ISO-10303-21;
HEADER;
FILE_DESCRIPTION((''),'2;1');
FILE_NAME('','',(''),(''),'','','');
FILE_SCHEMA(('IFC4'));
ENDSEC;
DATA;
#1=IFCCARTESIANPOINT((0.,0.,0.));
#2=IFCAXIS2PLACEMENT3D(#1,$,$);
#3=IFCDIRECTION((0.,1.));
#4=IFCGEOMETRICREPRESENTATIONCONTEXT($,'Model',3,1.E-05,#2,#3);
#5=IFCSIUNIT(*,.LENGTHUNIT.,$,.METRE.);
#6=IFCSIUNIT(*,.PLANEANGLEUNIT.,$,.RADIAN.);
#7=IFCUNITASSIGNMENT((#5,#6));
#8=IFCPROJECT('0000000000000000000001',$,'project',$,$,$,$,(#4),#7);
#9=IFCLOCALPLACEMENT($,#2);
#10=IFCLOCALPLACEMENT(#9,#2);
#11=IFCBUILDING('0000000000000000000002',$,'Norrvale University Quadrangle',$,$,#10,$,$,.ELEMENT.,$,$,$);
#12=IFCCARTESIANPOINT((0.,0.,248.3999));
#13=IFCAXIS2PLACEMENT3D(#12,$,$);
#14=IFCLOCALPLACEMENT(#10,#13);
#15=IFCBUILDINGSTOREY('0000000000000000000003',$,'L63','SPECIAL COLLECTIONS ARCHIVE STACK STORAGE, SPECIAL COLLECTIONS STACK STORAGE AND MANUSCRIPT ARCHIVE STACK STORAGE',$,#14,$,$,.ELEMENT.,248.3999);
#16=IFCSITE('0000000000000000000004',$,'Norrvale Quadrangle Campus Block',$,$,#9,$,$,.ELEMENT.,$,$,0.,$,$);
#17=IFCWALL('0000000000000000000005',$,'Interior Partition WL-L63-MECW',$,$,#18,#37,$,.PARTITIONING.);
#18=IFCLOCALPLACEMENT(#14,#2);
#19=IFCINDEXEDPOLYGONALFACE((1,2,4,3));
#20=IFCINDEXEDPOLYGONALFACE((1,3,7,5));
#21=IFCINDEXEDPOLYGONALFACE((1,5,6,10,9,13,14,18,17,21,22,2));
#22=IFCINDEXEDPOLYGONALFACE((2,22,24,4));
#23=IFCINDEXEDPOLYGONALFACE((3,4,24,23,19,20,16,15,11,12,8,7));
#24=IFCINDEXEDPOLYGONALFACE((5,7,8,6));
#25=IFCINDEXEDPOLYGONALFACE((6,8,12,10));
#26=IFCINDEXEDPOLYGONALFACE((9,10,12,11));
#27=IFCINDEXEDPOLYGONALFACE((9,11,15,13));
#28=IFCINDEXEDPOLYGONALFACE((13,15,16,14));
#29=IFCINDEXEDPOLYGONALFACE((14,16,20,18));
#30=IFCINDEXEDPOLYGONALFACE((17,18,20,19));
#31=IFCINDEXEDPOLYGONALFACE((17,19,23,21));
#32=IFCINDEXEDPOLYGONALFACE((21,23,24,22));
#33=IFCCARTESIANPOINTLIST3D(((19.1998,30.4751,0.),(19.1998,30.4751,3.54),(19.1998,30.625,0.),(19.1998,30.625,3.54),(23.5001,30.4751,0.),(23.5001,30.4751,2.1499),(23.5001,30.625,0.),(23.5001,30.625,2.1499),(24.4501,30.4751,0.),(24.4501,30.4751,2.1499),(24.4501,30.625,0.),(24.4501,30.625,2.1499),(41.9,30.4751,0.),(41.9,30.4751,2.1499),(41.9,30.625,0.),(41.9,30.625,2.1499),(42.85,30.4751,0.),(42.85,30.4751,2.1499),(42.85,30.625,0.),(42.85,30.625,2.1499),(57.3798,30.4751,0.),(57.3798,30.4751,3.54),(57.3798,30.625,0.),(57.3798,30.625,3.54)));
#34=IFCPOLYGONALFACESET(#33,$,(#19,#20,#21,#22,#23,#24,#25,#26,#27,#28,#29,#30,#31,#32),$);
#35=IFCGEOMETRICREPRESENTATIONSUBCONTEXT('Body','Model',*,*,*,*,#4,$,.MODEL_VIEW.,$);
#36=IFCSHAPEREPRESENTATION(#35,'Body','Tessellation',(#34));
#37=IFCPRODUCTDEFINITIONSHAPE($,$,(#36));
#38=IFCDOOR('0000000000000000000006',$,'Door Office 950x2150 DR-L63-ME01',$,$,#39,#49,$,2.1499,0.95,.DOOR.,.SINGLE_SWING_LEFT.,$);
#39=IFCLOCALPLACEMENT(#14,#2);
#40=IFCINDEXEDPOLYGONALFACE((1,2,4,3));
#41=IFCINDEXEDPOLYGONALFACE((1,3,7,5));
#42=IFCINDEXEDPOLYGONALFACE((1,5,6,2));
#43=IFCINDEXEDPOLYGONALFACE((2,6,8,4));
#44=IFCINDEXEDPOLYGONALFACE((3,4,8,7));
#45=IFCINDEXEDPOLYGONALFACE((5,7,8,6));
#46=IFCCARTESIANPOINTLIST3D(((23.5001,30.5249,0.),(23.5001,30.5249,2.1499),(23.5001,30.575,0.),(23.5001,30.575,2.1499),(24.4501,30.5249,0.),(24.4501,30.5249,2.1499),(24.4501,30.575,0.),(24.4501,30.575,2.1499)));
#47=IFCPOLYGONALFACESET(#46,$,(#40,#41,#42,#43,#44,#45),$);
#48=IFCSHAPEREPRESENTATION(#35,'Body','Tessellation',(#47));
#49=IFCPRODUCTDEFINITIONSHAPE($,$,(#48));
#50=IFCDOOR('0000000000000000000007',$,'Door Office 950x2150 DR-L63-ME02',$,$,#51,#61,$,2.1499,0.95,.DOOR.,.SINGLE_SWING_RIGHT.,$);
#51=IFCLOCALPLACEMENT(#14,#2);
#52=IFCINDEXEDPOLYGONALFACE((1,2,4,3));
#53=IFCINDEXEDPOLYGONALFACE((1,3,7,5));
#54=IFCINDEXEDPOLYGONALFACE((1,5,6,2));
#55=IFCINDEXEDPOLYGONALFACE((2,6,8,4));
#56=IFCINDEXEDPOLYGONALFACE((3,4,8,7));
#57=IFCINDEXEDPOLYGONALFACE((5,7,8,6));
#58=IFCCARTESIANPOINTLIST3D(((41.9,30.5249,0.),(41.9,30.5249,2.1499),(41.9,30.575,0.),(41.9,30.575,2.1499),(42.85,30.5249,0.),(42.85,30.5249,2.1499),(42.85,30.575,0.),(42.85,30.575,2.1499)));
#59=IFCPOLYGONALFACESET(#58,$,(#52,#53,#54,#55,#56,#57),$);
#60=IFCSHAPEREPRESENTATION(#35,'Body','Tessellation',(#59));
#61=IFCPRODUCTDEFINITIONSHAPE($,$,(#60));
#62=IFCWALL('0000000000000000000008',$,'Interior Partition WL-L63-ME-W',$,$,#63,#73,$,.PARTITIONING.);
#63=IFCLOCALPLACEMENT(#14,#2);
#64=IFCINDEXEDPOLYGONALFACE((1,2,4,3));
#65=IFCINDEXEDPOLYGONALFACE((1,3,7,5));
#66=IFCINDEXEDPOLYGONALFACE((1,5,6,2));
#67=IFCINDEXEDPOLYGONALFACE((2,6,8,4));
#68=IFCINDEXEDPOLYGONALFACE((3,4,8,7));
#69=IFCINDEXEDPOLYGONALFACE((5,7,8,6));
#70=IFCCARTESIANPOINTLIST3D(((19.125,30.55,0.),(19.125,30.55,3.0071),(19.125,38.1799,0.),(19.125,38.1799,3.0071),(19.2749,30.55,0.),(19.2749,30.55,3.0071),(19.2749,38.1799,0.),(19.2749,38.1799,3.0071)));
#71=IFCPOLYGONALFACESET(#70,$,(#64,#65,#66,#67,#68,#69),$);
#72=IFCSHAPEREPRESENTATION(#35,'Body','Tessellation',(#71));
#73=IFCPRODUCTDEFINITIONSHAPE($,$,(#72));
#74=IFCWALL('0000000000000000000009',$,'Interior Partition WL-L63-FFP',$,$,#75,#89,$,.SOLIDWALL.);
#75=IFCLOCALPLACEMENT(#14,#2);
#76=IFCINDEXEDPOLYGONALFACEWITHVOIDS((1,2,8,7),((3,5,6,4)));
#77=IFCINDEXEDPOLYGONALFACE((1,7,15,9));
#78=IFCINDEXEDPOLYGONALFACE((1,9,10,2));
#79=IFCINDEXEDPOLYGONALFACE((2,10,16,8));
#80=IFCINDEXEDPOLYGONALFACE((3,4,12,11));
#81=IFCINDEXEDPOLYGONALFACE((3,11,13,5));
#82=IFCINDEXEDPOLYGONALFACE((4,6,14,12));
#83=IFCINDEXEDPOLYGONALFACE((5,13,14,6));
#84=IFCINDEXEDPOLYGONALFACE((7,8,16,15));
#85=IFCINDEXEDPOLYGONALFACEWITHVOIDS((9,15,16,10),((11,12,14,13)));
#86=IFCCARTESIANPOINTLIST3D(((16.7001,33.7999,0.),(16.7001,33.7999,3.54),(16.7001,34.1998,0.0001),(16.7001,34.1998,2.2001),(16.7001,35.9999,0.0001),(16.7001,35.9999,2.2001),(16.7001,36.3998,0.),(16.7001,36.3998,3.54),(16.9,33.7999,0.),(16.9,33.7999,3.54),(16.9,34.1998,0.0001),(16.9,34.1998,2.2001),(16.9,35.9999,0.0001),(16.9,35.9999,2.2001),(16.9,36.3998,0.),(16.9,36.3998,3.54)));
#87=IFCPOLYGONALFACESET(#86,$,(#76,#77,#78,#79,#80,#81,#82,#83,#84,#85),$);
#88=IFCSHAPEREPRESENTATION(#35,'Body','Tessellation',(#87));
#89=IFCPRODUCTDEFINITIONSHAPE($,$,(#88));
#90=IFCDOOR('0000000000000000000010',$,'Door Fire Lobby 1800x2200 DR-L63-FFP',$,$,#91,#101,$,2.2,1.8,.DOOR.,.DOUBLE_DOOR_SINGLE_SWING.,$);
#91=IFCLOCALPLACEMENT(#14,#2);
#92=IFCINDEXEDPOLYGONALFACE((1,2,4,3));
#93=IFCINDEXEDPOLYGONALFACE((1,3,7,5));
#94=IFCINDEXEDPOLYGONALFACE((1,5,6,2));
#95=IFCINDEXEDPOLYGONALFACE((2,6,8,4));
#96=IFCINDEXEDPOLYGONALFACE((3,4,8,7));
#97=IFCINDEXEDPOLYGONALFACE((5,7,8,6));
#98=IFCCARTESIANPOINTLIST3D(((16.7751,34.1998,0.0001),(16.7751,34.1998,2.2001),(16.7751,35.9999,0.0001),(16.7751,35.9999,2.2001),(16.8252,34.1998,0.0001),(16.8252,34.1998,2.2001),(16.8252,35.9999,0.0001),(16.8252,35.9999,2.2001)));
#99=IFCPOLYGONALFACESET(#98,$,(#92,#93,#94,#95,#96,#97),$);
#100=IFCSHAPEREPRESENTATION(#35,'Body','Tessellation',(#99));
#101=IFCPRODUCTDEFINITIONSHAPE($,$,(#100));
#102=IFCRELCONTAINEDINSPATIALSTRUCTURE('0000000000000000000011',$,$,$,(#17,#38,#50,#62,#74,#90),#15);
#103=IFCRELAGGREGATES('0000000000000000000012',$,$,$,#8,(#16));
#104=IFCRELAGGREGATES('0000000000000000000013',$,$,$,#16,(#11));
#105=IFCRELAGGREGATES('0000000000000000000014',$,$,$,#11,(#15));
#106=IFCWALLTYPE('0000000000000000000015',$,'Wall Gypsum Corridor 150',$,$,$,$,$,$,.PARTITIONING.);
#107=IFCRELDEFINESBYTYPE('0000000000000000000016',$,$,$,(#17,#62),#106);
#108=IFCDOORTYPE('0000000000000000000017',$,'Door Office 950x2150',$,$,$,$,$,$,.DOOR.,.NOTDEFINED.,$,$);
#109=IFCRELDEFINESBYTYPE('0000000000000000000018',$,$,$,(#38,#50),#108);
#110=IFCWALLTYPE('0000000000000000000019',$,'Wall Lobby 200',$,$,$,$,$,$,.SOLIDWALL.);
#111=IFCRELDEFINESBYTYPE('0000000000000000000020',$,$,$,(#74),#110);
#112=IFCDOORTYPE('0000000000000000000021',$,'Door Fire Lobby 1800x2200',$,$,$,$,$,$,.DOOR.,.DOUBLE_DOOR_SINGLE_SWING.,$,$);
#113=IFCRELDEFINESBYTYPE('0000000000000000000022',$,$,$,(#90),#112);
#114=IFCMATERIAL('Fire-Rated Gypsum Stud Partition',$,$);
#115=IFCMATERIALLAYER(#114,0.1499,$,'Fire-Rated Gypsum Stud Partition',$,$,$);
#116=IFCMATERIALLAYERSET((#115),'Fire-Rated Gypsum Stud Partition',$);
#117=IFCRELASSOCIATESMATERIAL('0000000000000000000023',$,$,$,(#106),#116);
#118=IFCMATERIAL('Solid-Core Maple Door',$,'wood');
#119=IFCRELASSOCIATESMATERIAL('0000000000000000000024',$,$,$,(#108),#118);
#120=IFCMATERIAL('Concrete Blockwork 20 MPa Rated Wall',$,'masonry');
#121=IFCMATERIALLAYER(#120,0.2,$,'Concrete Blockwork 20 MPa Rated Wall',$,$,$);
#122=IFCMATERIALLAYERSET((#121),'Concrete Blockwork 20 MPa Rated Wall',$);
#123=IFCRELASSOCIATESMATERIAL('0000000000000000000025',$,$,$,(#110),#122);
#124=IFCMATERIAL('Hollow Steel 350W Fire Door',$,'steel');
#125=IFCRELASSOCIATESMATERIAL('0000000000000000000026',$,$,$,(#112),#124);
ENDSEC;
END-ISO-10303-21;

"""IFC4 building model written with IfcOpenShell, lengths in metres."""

from ifc_helpers import new_model, si_unit, direction, frame, frame_2d, origin, place, context, subcontext, project, spatial, rectangle, extrude, material, layer, layer_set, type_object, element, fill, save


model = new_model("IFC4")

# Units and contexts
model_context = context("Model", 3, precision=1e-05, world=origin(), true_north=direction((0.0, 1.0)))
body_context = subcontext(model_context, "Body", "Model", "MODEL_VIEW")
ifc_project = project(units=[si_unit("LENGTHUNIT", "METRE"), si_unit("PLANEANGLEUNIT", "RADIAN")], contexts=[model_context])

# Site, building, storey
site_placement = place(None, origin())
site = spatial("IfcSite", under=ifc_project, at=site_placement, Name="Norrvale Quadrangle Campus Block", CompositionType="ELEMENT", RefElevation=0.0)
building_placement = place(site_placement, origin())
building = spatial("IfcBuilding", under=site, at=building_placement, Name="Norrvale University Quadrangle", CompositionType="ELEMENT")
storey_placement = place(building_placement, frame((0.0, 0.0, 248.3999)))
storey = spatial("IfcBuildingStorey", under=building, at=storey_placement, Name="L63", Description="SPECIAL COLLECTIONS ARCHIVE STACK STORAGE, SPECIAL COLLECTIONS STACK STORAGE AND MANUSCRIPT ARCHIVE STACK STORAGE", CompositionType="ELEMENT", Elevation=248.3999)

# Shared definitions
ifc_material_1 = material(Name="Fire-Rated Gypsum Stud Partition")
ifc_layer_1 = layer(ifc_material_1, 0.1499, Name="Fire-Rated Gypsum Stud Partition")
ifc_layer_set_1 = layer_set([ifc_layer_1], Name="Fire-Rated Gypsum Stud Partition")
wall_type_1 = type_object("IfcWallType", Name="Wall Gypsum Corridor 150", PredefinedType="PARTITIONING", material=ifc_layer_set_1)
ifc_material_2 = material(Name="Solid-Core Maple Door", Category="wood")
door_type_1 = type_object("IfcDoorType", Name="Door Office 950x2150", OperationType="NOTDEFINED", PredefinedType="DOOR", material=ifc_material_2)

# Wall, openings, doors
wall_1_placement = place(storey_placement, frame((19.2, 30.55, 0.0), z_axis=(0.0, 0.0, 1.0), x_axis=(1.0, 0.0, 0.0)))
wall_1 = element("IfcWall", 1, at=wall_1_placement, inside=storey, type_object=wall_type_1, Name="Interior Partition WL-L63-MECW", PredefinedType="PARTITIONING", context=body_context, shape_type="SweptSolid", body=[
    extrude(rectangle(XDim=38.1799, YDim=0.1499, at=frame_2d((19.0898, 0.0))), origin(), (0.0, 0.0, 1.0), 3.54),
])
opening_1_placement = place(wall_1_placement, frame((4.3, 0.0, 0.0)))
opening_1 = element("IfcOpeningElement", 2, at=opening_1_placement, cuts=wall_1, PredefinedType="OPENING", context=body_context, shape_type="SweptSolid", body=[
    extrude(rectangle(XDim=0.95, YDim=2.1499, at=frame_2d((0.4751, 1.075))), frame((0.0, 0.0869, 0.0), z_axis=(0.0, -1.0, 0.0), x_axis=(1.0, 0.0, 0.0)), (0.0, 0.0, 1.0), 0.1738),
])
opening_2_placement = place(wall_1_placement, frame((22.7, 0.0, 0.0)))
opening_2 = element("IfcOpeningElement", 3, at=opening_2_placement, cuts=wall_1, PredefinedType="OPENING", context=body_context, shape_type="SweptSolid", body=[
    extrude(rectangle(XDim=0.95, YDim=2.1499, at=frame_2d((0.4751, 1.075))), frame((0.0, 0.0869, 0.0), z_axis=(0.0, -1.0, 0.0), x_axis=(1.0, 0.0, 0.0)), (0.0, 0.0, 1.0), 0.1738),
])
door_1_placement = place(opening_1_placement, origin())
door_1 = element("IfcDoor", 4, at=door_1_placement, inside=storey, type_object=door_type_1, Name="Door Office 950x2150 DR-L63-ME01", OperationType="SINGLE_SWING_LEFT", OverallHeight=2.1499, OverallWidth=0.95, PredefinedType="DOOR", context=body_context, shape_type="SweptSolid", body=[
    extrude(rectangle(XDim=0.95, YDim=2.1499, at=frame_2d((0.4751, 1.075))), frame((0.0, 0.0249, 0.0), z_axis=(0.0, -1.0, 0.0), x_axis=(1.0, 0.0, 0.0)), (0.0, 0.0, 1.0), 0.05),
])
fill(opening_1, door_1)
door_2_placement = place(opening_2_placement, origin())
door_2 = element("IfcDoor", 5, at=door_2_placement, inside=storey, type_object=door_type_1, Name="Door Office 950x2150 DR-L63-ME02", OperationType="SINGLE_SWING_RIGHT", OverallHeight=2.1499, OverallWidth=0.95, PredefinedType="DOOR", context=body_context, shape_type="SweptSolid", body=[
    extrude(rectangle(XDim=0.95, YDim=2.1499, at=frame_2d((0.4751, 1.075))), frame((0.0, 0.0249, 0.0), z_axis=(0.0, -1.0, 0.0), x_axis=(1.0, 0.0, 0.0)), (0.0, 0.0, 1.0), 0.05),
])
fill(opening_2, door_2)

# Wall
wall_2_placement = place(storey_placement, frame((19.2, 30.55, 0.0), z_axis=(0.0, 0.0, 1.0), x_axis=(0.0, 1.0, 0.0)))
element("IfcWall", 6, at=wall_2_placement, inside=storey, type_object=wall_type_1, Name="Interior Partition WL-L63-ME-W", PredefinedType="PARTITIONING", context=body_context, shape_type="SweptSolid", body=[
    extrude(rectangle(XDim=7.6299, YDim=0.1499, at=frame_2d((3.8149, 0.0))), origin(), (0.0, 0.0, 1.0), 3.0071),
])

# Wall, opening, door
ifc_material_3 = material(Name="Concrete Blockwork 20 MPa Rated Wall", Category="masonry")
ifc_layer_2 = layer(ifc_material_3, 0.2, Name="Concrete Blockwork 20 MPa Rated Wall")
ifc_layer_set_2 = layer_set([ifc_layer_2], Name="Concrete Blockwork 20 MPa Rated Wall")
wall_type_2 = type_object("IfcWallType", Name="Wall Lobby 200", PredefinedType="SOLIDWALL", material=ifc_layer_set_2)
wall_3_placement = place(storey_placement, frame((16.8, 33.8, 0.0), z_axis=(0.0, 0.0, 1.0), x_axis=(0.0, 1.0, 0.0)))
wall_3 = element("IfcWall", 7, at=wall_3_placement, inside=storey, type_object=wall_type_2, Name="Interior Partition WL-L63-FFP", PredefinedType="SOLIDWALL", context=body_context, shape_type="SweptSolid", body=[
    extrude(rectangle(XDim=2.5999, YDim=0.2, at=frame_2d((1.2998, 0.0))), origin(), (0.0, 0.0, 1.0), 3.54),
])
opening_3_placement = place(wall_3_placement, frame((0.3999, 0.0, 0.0)))
opening_3 = element("IfcOpeningElement", 8, at=opening_3_placement, cuts=wall_3, PredefinedType="OPENING", context=body_context, shape_type="SweptSolid", body=[
    extrude(rectangle(XDim=1.8, YDim=2.2, at=frame_2d((0.8999, 1.1001))), frame((0.0, 0.1121, 0.0), z_axis=(0.0, -1.0, 0.0), x_axis=(1.0, 0.0, 0.0)), (0.0, 0.0, 1.0), 0.2239),
])
ifc_material_4 = material(Name="Hollow Steel 350W Fire Door", Category="steel")
door_type_2 = type_object("IfcDoorType", Name="Door Fire Lobby 1800x2200", OperationType="DOUBLE_DOOR_SINGLE_SWING", PredefinedType="DOOR", material=ifc_material_4)
door_3_placement = place(opening_3_placement, origin())
door_3 = element("IfcDoor", 9, at=door_3_placement, inside=storey, type_object=door_type_2, Name="Door Fire Lobby 1800x2200 DR-L63-FFP", OperationType="DOUBLE_DOOR_SINGLE_SWING", OverallHeight=2.2, OverallWidth=1.8, PredefinedType="DOOR", context=body_context, shape_type="SweptSolid", body=[
    extrude(rectangle(XDim=1.8, YDim=2.2, at=frame_2d((0.8999, 1.1001))), frame((0.0, 0.0249, 0.0), z_axis=(0.0, -1.0, 0.0), x_axis=(1.0, 0.0, 0.0)), (0.0, 0.0, 1.0), 0.05),
])
fill(opening_3, door_3)

save(model, "model.ifc")
